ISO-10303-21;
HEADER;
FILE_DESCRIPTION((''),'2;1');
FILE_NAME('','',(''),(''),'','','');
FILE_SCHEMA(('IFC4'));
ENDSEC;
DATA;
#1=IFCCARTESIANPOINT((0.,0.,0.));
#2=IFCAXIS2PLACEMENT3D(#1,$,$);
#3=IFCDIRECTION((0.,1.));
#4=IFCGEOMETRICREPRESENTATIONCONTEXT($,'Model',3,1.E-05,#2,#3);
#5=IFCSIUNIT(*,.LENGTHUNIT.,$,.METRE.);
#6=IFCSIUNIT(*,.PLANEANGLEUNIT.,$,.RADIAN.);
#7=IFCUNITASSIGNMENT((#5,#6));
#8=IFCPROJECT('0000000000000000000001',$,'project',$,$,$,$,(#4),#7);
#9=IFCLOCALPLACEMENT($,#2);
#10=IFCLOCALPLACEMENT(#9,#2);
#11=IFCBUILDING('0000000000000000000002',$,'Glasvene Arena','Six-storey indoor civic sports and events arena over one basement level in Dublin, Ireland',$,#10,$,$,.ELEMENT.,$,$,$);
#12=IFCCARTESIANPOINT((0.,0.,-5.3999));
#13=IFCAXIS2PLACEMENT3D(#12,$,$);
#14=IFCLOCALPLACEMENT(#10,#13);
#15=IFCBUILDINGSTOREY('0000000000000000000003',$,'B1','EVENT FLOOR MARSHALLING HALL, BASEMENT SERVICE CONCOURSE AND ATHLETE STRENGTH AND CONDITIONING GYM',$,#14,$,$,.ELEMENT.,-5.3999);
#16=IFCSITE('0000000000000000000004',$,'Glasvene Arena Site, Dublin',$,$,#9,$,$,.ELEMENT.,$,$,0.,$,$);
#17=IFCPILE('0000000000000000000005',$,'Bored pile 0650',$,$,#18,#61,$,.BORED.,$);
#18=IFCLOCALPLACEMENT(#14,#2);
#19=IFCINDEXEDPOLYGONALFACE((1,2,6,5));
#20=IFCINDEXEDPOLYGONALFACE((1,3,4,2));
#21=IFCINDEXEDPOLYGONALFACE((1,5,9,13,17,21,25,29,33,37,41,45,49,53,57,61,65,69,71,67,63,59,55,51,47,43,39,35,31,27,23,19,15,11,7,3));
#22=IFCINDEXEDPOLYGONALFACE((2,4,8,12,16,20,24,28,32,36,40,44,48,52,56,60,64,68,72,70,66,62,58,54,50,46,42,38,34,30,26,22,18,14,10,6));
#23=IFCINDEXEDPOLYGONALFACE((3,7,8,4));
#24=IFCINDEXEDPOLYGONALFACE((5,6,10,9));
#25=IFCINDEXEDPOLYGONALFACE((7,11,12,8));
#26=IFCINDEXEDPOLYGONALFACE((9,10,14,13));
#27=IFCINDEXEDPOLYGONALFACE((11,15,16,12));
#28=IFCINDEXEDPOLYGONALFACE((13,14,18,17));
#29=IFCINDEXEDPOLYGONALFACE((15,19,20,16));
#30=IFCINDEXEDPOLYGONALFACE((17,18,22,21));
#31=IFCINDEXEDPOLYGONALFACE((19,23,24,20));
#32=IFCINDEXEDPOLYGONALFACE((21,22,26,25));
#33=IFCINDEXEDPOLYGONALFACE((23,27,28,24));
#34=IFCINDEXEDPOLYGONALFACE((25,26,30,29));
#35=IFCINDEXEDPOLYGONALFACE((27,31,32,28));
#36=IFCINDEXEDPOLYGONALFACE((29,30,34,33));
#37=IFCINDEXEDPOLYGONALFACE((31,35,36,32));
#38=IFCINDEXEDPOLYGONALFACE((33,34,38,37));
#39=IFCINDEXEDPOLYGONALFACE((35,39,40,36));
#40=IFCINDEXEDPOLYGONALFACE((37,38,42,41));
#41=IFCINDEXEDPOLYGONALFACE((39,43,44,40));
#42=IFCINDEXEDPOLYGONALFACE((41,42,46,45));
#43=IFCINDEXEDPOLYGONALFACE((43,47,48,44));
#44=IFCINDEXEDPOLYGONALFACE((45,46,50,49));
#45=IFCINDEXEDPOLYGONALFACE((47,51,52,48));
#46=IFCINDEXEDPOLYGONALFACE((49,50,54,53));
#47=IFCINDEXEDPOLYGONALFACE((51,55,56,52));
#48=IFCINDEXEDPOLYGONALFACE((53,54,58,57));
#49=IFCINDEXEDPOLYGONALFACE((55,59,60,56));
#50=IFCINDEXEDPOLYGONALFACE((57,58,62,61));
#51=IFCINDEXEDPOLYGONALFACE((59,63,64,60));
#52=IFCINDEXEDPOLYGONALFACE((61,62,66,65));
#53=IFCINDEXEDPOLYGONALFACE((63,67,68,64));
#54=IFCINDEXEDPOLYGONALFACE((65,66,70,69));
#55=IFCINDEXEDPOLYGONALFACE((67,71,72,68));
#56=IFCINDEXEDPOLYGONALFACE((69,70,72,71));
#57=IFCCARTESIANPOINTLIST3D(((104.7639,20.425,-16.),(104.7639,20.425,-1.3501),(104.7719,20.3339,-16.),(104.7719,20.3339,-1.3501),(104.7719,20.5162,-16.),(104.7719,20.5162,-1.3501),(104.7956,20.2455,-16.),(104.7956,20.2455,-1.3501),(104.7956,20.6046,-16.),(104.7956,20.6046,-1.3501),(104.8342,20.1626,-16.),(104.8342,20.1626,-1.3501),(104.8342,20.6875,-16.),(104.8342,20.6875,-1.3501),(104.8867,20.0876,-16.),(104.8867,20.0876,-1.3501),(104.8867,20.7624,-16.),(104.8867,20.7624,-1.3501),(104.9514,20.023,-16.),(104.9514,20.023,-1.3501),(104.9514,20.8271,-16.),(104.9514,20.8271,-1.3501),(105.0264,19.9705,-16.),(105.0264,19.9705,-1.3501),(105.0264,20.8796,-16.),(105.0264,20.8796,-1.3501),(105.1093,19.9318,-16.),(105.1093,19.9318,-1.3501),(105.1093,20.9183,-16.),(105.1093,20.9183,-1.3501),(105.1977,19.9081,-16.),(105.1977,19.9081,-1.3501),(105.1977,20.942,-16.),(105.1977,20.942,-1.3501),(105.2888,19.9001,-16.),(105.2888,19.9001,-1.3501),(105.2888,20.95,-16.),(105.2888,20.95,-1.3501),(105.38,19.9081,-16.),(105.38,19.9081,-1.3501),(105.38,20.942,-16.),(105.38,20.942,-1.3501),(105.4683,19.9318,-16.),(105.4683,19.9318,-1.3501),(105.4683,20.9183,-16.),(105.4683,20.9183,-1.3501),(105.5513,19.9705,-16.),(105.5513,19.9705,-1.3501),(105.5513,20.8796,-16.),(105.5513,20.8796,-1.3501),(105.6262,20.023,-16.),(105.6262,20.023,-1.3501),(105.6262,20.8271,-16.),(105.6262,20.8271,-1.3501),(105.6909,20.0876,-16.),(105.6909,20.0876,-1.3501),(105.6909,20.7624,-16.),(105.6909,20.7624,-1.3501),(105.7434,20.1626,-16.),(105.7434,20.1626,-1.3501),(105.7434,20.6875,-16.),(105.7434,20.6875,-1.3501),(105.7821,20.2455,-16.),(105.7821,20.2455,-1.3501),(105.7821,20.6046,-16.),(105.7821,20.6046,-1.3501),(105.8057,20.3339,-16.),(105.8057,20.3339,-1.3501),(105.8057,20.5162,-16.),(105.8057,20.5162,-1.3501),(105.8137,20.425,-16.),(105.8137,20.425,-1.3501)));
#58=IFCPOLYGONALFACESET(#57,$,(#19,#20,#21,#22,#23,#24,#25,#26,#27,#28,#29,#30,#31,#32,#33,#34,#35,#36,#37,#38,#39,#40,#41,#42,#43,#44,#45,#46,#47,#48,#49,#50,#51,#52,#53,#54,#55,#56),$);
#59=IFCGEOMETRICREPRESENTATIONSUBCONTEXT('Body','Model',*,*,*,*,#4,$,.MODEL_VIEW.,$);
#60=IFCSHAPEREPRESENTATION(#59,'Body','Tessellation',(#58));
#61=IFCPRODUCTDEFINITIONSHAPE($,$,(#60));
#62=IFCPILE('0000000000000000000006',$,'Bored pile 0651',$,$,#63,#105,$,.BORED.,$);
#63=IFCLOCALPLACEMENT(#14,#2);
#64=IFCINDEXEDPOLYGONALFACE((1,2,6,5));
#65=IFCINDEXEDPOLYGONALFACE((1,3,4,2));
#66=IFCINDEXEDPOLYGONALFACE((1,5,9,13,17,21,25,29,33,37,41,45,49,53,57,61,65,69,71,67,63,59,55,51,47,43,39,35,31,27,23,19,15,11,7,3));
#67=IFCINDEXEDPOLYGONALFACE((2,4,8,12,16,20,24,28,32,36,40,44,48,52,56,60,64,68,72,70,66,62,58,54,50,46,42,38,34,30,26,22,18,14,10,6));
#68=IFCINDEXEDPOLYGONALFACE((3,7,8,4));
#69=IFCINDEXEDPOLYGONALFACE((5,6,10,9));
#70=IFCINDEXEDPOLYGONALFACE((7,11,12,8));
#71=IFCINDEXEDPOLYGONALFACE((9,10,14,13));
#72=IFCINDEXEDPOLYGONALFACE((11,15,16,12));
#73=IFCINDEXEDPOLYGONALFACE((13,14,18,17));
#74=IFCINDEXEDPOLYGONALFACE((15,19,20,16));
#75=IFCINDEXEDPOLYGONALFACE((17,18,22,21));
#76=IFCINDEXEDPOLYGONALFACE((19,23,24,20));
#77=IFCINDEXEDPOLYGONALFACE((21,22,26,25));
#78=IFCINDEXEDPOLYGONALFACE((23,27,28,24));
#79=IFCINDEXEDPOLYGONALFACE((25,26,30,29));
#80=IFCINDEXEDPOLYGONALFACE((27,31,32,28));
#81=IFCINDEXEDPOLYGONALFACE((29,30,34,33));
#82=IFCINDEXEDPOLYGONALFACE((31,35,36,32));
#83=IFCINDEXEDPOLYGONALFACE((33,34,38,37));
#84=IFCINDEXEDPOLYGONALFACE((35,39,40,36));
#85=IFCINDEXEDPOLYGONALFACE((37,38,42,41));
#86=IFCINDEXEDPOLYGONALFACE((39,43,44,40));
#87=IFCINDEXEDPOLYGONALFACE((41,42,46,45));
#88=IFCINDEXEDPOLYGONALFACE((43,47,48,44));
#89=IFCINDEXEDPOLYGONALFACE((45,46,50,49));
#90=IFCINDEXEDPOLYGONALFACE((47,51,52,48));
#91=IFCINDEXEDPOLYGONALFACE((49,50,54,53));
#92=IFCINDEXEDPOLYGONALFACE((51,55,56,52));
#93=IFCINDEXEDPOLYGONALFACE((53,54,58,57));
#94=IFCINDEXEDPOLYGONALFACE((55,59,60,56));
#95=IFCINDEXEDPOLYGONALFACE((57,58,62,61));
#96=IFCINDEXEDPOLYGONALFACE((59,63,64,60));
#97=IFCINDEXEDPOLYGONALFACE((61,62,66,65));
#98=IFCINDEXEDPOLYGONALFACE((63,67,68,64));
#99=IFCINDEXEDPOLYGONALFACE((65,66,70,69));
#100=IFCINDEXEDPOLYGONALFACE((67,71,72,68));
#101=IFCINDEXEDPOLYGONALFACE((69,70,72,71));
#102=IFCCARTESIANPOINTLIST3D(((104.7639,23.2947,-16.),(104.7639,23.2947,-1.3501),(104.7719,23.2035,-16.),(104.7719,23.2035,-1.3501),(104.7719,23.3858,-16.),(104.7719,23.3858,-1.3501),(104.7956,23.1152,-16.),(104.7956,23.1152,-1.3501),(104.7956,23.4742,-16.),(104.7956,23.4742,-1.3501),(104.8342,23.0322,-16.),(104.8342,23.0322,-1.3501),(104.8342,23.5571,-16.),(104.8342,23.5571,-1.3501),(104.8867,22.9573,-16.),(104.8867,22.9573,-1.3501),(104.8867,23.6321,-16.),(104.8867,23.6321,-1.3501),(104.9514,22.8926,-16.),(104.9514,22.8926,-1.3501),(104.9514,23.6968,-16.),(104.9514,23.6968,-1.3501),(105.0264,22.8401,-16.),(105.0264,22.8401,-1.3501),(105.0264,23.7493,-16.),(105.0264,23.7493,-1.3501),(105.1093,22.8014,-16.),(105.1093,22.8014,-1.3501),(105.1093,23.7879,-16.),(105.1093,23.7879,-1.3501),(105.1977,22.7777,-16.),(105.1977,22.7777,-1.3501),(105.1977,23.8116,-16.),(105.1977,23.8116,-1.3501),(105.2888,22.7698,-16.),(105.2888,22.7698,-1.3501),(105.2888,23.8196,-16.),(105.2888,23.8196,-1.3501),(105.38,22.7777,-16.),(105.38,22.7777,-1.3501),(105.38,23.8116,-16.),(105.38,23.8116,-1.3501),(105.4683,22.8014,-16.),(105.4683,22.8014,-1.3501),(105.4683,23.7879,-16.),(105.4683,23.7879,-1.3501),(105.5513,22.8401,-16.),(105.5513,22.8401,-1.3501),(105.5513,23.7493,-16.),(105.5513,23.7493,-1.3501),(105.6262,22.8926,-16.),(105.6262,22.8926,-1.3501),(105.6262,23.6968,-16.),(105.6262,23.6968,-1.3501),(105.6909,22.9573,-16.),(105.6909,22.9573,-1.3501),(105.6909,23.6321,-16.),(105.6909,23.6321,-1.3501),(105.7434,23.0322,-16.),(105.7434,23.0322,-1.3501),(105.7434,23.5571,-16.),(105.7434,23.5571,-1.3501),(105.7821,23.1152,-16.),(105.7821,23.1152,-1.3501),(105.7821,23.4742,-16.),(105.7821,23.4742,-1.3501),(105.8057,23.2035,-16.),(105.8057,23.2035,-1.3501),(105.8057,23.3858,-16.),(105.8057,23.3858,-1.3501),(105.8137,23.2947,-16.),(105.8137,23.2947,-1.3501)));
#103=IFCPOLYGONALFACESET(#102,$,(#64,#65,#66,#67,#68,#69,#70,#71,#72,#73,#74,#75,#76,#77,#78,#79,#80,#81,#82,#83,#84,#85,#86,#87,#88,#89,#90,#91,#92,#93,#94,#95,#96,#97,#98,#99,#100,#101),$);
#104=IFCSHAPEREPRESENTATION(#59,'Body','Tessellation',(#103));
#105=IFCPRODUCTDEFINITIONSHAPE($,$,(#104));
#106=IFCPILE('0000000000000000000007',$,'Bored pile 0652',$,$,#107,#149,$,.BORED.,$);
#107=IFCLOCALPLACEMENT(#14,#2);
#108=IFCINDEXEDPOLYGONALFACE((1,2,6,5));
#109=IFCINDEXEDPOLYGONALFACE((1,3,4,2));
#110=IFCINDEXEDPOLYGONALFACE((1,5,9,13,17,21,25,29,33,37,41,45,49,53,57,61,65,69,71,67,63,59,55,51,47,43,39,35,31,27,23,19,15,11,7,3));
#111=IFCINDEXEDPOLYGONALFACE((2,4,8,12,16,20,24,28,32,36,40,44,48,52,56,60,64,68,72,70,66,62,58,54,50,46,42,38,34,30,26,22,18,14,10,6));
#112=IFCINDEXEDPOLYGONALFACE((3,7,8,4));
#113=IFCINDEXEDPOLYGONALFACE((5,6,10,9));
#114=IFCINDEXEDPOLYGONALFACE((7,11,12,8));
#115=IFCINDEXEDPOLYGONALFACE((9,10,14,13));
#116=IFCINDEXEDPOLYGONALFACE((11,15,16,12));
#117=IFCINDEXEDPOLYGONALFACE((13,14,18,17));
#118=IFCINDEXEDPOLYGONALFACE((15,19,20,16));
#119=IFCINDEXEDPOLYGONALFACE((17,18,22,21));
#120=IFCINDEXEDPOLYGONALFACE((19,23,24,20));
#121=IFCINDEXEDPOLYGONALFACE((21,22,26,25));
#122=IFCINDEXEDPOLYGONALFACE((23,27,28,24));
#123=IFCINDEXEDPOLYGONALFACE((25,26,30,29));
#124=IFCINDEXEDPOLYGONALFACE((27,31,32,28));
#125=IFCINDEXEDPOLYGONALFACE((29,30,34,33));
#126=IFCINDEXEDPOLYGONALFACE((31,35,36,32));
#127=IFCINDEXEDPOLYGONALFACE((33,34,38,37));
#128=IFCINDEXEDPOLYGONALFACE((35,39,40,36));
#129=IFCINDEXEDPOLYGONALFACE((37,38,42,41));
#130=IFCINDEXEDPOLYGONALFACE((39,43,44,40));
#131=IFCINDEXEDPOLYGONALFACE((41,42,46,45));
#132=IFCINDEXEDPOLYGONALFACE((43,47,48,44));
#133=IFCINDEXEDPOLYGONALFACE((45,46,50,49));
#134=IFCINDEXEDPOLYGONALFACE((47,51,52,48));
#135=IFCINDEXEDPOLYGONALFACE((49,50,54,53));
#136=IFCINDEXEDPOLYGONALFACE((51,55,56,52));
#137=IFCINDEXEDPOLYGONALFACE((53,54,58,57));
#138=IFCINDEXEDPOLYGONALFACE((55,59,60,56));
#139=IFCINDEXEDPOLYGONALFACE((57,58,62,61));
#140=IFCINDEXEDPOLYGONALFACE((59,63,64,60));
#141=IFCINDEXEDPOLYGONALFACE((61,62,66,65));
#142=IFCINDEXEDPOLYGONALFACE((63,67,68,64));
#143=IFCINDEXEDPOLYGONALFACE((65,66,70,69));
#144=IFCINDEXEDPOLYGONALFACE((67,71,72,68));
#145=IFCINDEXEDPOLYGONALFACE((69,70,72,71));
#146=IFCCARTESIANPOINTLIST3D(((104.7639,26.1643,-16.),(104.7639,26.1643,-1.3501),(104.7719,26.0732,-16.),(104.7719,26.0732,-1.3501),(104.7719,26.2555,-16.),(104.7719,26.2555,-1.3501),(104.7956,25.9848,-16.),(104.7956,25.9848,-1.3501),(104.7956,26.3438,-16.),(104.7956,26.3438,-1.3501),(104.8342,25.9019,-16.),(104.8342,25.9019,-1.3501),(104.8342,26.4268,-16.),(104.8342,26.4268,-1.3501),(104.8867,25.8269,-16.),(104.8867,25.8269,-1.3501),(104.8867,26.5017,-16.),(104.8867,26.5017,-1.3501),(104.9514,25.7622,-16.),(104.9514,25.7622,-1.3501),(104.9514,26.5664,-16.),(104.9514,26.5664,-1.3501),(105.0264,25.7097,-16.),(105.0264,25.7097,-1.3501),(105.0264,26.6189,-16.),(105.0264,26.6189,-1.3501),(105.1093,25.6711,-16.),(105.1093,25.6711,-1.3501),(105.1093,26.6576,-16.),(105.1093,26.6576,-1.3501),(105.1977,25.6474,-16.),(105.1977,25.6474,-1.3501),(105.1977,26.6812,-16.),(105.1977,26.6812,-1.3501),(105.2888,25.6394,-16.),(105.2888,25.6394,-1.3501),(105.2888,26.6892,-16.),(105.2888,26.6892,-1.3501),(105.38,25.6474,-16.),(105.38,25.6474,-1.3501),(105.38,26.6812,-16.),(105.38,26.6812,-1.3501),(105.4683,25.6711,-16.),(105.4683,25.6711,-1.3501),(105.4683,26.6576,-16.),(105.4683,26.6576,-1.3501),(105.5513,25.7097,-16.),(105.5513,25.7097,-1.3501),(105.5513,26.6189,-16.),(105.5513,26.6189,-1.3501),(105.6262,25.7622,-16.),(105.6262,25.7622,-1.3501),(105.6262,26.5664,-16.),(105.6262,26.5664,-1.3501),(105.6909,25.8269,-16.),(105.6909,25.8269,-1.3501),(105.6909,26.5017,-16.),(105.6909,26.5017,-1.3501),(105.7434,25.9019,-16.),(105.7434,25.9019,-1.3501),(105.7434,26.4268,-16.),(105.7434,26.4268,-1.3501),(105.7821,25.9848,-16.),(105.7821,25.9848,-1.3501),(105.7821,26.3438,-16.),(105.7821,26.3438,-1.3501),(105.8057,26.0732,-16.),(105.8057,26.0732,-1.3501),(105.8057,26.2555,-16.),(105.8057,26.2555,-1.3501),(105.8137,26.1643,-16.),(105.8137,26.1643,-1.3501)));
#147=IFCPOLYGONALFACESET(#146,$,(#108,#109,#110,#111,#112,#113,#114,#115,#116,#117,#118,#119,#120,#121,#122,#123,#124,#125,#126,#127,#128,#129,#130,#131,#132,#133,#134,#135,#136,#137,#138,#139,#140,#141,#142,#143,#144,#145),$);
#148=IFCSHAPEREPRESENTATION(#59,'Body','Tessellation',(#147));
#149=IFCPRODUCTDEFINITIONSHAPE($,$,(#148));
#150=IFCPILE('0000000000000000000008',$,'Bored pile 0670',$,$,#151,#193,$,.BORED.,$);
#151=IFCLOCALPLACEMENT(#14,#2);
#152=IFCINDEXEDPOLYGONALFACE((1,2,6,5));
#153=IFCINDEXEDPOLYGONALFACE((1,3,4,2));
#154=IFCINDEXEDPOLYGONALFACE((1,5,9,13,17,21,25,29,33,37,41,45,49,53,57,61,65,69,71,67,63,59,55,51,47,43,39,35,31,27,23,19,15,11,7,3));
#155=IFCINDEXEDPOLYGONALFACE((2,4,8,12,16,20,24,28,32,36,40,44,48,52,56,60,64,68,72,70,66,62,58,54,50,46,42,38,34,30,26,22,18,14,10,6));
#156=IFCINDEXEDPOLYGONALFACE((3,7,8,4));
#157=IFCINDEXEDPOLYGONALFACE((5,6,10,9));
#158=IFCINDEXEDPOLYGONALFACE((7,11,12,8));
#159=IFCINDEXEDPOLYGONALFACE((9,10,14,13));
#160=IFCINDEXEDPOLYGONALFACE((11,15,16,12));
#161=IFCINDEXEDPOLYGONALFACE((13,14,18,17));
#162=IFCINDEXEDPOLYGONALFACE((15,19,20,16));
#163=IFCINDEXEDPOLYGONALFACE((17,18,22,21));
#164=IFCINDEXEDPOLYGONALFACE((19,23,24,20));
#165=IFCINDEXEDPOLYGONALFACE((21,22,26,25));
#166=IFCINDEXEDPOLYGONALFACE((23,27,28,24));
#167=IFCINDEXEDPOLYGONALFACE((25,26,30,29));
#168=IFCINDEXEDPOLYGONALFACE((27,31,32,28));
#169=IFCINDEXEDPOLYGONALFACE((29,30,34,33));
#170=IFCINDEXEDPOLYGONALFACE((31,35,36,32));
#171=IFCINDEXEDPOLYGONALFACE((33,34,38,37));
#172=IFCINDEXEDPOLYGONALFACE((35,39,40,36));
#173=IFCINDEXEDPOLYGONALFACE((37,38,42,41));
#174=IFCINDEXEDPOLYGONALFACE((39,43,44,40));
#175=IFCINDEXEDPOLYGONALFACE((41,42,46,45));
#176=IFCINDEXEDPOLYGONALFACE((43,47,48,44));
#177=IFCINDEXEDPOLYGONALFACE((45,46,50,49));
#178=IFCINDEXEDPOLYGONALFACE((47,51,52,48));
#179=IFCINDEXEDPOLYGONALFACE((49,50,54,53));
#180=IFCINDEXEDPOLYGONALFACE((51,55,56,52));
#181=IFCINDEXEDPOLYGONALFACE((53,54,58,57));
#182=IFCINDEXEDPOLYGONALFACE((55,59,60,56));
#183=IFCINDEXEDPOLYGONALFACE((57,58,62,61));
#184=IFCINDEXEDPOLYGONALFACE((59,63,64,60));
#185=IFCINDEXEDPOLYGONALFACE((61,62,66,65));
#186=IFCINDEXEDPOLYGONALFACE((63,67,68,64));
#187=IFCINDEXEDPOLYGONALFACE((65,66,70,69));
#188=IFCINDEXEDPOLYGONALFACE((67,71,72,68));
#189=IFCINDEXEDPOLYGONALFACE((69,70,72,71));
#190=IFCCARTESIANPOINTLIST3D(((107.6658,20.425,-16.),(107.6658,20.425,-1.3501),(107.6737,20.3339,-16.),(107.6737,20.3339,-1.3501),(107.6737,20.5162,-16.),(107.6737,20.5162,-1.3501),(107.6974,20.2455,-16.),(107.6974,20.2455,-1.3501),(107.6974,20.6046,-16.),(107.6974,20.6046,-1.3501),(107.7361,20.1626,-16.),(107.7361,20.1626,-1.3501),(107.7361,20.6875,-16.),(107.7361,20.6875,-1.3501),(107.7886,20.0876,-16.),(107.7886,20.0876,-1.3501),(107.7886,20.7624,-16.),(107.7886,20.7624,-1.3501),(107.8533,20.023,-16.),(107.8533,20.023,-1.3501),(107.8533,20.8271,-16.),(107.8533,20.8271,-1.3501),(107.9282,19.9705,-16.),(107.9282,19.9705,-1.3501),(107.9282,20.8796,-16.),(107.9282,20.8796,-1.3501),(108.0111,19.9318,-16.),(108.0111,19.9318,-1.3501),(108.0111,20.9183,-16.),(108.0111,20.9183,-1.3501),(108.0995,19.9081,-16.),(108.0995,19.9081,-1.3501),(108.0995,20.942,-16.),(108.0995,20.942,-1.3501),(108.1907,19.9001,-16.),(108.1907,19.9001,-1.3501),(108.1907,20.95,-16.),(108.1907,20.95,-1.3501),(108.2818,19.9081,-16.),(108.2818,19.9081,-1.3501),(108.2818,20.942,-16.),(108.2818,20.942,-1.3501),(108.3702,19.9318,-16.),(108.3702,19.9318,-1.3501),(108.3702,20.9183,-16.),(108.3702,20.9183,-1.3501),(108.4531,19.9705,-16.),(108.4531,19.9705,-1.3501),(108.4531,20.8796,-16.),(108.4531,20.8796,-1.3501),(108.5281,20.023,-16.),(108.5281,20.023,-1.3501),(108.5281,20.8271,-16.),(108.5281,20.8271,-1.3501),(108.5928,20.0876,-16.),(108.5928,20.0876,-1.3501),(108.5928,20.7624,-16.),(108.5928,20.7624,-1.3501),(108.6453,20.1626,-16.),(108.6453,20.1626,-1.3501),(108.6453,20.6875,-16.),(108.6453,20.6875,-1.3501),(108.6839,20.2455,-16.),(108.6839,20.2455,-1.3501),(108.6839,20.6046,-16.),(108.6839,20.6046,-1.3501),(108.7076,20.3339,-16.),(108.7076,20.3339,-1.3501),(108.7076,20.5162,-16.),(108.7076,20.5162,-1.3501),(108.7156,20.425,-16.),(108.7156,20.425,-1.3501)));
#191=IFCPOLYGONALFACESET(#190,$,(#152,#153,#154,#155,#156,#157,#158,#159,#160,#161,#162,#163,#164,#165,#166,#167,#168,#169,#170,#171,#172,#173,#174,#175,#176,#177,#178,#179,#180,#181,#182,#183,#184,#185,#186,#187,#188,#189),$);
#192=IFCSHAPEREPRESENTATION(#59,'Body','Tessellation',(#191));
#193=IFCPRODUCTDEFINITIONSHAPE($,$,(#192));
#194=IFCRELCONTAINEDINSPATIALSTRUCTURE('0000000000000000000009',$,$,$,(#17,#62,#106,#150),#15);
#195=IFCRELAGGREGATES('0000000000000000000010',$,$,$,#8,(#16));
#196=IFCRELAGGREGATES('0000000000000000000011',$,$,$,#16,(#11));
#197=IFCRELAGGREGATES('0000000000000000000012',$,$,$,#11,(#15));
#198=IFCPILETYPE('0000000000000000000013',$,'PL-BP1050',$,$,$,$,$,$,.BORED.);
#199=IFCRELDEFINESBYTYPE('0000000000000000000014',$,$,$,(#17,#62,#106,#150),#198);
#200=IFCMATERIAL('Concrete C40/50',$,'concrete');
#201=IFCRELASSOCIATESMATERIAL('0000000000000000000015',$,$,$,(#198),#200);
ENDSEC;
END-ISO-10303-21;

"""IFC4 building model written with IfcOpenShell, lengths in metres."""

from ifc_helpers import new_model, si_unit, direction, frame, origin, origin_2d, place, context, subcontext, project, spatial, circle, extrude, material, material_profile, profile_set, type_object, element, save


model = new_model("IFC4")

# Units and contexts
model_context = context("Model", 3, precision=1e-05, world=origin(), true_north=direction((0.0, 1.0)))
body_context = subcontext(model_context, "Body", "Model", "MODEL_VIEW")
ifc_project = project(units=[si_unit("LENGTHUNIT", "METRE"), si_unit("PLANEANGLEUNIT", "RADIAN")], contexts=[model_context])

# Site, building, storey
site_placement = place(None, origin())
site = spatial("IfcSite", under=ifc_project, at=site_placement, Name="Glasvene Arena Site, Dublin", CompositionType="ELEMENT", RefElevation=0.0)
building_placement = place(site_placement, origin())
building = spatial("IfcBuilding", under=site, at=building_placement, Name="Glasvene Arena", Description="Six-storey indoor civic sports and events arena over one basement level in Dublin, Ireland", CompositionType="ELEMENT")
storey_placement = place(building_placement, frame((0.0, 0.0, -5.3999)))
storey = spatial("IfcBuildingStorey", under=building, at=storey_placement, Name="B1", Description="EVENT FLOOR MARSHALLING HALL, BASEMENT SERVICE CONCOURSE AND ATHLETE STRENGTH AND CONDITIONING GYM", CompositionType="ELEMENT", Elevation=-5.3999)

# Piles
ifc_material_1 = material(Name="Concrete C40/50", Category="concrete")
ifc_material_profile_1 = material_profile(ifc_material_1, circle(Radius=0.5249, at=origin_2d()), Name="BORED PILE 1050")
ifc_profile_set_1 = profile_set([ifc_material_profile_1], Name="Concrete C40/50")
pile_type = type_object("IfcPileType", Name="PL-BP1050", PredefinedType="BORED", material=ifc_profile_set_1)
for number, where, z_axis, x_axis, name in (
    (1, (105.2888, 20.425, -1.3501), (0.0, 0.0, -1.0), (1.0, 0.0, 0.0), "Bored pile 0650"),
    (2, (105.2888, 23.2947, -1.3501), (0.0, 0.0, -1.0), (1.0, 0.0, 0.0), "Bored pile 0651"),
    (3, (105.2888, 26.1643, -1.3501), (0.0, 0.0, -1.0), (1.0, 0.0, 0.0), "Bored pile 0652"),
    (4, (108.1907, 20.425, -1.3501), (0.0, 0.0, -1.0), (1.0, 0.0, 0.0), "Bored pile 0670"),
):
    element("IfcPile", number, at=place(storey_placement, frame(where, z_axis=z_axis, x_axis=x_axis)), inside=storey, type_object=pile_type, Name=name, PredefinedType="BORED", context=body_context, shape_type="SweptSolid", body=[
        extrude(circle(Radius=0.5249, at=origin_2d()), origin(), (0.0, 0.0, 1.0), 14.6499),
    ])

save(model, "model.ifc")
